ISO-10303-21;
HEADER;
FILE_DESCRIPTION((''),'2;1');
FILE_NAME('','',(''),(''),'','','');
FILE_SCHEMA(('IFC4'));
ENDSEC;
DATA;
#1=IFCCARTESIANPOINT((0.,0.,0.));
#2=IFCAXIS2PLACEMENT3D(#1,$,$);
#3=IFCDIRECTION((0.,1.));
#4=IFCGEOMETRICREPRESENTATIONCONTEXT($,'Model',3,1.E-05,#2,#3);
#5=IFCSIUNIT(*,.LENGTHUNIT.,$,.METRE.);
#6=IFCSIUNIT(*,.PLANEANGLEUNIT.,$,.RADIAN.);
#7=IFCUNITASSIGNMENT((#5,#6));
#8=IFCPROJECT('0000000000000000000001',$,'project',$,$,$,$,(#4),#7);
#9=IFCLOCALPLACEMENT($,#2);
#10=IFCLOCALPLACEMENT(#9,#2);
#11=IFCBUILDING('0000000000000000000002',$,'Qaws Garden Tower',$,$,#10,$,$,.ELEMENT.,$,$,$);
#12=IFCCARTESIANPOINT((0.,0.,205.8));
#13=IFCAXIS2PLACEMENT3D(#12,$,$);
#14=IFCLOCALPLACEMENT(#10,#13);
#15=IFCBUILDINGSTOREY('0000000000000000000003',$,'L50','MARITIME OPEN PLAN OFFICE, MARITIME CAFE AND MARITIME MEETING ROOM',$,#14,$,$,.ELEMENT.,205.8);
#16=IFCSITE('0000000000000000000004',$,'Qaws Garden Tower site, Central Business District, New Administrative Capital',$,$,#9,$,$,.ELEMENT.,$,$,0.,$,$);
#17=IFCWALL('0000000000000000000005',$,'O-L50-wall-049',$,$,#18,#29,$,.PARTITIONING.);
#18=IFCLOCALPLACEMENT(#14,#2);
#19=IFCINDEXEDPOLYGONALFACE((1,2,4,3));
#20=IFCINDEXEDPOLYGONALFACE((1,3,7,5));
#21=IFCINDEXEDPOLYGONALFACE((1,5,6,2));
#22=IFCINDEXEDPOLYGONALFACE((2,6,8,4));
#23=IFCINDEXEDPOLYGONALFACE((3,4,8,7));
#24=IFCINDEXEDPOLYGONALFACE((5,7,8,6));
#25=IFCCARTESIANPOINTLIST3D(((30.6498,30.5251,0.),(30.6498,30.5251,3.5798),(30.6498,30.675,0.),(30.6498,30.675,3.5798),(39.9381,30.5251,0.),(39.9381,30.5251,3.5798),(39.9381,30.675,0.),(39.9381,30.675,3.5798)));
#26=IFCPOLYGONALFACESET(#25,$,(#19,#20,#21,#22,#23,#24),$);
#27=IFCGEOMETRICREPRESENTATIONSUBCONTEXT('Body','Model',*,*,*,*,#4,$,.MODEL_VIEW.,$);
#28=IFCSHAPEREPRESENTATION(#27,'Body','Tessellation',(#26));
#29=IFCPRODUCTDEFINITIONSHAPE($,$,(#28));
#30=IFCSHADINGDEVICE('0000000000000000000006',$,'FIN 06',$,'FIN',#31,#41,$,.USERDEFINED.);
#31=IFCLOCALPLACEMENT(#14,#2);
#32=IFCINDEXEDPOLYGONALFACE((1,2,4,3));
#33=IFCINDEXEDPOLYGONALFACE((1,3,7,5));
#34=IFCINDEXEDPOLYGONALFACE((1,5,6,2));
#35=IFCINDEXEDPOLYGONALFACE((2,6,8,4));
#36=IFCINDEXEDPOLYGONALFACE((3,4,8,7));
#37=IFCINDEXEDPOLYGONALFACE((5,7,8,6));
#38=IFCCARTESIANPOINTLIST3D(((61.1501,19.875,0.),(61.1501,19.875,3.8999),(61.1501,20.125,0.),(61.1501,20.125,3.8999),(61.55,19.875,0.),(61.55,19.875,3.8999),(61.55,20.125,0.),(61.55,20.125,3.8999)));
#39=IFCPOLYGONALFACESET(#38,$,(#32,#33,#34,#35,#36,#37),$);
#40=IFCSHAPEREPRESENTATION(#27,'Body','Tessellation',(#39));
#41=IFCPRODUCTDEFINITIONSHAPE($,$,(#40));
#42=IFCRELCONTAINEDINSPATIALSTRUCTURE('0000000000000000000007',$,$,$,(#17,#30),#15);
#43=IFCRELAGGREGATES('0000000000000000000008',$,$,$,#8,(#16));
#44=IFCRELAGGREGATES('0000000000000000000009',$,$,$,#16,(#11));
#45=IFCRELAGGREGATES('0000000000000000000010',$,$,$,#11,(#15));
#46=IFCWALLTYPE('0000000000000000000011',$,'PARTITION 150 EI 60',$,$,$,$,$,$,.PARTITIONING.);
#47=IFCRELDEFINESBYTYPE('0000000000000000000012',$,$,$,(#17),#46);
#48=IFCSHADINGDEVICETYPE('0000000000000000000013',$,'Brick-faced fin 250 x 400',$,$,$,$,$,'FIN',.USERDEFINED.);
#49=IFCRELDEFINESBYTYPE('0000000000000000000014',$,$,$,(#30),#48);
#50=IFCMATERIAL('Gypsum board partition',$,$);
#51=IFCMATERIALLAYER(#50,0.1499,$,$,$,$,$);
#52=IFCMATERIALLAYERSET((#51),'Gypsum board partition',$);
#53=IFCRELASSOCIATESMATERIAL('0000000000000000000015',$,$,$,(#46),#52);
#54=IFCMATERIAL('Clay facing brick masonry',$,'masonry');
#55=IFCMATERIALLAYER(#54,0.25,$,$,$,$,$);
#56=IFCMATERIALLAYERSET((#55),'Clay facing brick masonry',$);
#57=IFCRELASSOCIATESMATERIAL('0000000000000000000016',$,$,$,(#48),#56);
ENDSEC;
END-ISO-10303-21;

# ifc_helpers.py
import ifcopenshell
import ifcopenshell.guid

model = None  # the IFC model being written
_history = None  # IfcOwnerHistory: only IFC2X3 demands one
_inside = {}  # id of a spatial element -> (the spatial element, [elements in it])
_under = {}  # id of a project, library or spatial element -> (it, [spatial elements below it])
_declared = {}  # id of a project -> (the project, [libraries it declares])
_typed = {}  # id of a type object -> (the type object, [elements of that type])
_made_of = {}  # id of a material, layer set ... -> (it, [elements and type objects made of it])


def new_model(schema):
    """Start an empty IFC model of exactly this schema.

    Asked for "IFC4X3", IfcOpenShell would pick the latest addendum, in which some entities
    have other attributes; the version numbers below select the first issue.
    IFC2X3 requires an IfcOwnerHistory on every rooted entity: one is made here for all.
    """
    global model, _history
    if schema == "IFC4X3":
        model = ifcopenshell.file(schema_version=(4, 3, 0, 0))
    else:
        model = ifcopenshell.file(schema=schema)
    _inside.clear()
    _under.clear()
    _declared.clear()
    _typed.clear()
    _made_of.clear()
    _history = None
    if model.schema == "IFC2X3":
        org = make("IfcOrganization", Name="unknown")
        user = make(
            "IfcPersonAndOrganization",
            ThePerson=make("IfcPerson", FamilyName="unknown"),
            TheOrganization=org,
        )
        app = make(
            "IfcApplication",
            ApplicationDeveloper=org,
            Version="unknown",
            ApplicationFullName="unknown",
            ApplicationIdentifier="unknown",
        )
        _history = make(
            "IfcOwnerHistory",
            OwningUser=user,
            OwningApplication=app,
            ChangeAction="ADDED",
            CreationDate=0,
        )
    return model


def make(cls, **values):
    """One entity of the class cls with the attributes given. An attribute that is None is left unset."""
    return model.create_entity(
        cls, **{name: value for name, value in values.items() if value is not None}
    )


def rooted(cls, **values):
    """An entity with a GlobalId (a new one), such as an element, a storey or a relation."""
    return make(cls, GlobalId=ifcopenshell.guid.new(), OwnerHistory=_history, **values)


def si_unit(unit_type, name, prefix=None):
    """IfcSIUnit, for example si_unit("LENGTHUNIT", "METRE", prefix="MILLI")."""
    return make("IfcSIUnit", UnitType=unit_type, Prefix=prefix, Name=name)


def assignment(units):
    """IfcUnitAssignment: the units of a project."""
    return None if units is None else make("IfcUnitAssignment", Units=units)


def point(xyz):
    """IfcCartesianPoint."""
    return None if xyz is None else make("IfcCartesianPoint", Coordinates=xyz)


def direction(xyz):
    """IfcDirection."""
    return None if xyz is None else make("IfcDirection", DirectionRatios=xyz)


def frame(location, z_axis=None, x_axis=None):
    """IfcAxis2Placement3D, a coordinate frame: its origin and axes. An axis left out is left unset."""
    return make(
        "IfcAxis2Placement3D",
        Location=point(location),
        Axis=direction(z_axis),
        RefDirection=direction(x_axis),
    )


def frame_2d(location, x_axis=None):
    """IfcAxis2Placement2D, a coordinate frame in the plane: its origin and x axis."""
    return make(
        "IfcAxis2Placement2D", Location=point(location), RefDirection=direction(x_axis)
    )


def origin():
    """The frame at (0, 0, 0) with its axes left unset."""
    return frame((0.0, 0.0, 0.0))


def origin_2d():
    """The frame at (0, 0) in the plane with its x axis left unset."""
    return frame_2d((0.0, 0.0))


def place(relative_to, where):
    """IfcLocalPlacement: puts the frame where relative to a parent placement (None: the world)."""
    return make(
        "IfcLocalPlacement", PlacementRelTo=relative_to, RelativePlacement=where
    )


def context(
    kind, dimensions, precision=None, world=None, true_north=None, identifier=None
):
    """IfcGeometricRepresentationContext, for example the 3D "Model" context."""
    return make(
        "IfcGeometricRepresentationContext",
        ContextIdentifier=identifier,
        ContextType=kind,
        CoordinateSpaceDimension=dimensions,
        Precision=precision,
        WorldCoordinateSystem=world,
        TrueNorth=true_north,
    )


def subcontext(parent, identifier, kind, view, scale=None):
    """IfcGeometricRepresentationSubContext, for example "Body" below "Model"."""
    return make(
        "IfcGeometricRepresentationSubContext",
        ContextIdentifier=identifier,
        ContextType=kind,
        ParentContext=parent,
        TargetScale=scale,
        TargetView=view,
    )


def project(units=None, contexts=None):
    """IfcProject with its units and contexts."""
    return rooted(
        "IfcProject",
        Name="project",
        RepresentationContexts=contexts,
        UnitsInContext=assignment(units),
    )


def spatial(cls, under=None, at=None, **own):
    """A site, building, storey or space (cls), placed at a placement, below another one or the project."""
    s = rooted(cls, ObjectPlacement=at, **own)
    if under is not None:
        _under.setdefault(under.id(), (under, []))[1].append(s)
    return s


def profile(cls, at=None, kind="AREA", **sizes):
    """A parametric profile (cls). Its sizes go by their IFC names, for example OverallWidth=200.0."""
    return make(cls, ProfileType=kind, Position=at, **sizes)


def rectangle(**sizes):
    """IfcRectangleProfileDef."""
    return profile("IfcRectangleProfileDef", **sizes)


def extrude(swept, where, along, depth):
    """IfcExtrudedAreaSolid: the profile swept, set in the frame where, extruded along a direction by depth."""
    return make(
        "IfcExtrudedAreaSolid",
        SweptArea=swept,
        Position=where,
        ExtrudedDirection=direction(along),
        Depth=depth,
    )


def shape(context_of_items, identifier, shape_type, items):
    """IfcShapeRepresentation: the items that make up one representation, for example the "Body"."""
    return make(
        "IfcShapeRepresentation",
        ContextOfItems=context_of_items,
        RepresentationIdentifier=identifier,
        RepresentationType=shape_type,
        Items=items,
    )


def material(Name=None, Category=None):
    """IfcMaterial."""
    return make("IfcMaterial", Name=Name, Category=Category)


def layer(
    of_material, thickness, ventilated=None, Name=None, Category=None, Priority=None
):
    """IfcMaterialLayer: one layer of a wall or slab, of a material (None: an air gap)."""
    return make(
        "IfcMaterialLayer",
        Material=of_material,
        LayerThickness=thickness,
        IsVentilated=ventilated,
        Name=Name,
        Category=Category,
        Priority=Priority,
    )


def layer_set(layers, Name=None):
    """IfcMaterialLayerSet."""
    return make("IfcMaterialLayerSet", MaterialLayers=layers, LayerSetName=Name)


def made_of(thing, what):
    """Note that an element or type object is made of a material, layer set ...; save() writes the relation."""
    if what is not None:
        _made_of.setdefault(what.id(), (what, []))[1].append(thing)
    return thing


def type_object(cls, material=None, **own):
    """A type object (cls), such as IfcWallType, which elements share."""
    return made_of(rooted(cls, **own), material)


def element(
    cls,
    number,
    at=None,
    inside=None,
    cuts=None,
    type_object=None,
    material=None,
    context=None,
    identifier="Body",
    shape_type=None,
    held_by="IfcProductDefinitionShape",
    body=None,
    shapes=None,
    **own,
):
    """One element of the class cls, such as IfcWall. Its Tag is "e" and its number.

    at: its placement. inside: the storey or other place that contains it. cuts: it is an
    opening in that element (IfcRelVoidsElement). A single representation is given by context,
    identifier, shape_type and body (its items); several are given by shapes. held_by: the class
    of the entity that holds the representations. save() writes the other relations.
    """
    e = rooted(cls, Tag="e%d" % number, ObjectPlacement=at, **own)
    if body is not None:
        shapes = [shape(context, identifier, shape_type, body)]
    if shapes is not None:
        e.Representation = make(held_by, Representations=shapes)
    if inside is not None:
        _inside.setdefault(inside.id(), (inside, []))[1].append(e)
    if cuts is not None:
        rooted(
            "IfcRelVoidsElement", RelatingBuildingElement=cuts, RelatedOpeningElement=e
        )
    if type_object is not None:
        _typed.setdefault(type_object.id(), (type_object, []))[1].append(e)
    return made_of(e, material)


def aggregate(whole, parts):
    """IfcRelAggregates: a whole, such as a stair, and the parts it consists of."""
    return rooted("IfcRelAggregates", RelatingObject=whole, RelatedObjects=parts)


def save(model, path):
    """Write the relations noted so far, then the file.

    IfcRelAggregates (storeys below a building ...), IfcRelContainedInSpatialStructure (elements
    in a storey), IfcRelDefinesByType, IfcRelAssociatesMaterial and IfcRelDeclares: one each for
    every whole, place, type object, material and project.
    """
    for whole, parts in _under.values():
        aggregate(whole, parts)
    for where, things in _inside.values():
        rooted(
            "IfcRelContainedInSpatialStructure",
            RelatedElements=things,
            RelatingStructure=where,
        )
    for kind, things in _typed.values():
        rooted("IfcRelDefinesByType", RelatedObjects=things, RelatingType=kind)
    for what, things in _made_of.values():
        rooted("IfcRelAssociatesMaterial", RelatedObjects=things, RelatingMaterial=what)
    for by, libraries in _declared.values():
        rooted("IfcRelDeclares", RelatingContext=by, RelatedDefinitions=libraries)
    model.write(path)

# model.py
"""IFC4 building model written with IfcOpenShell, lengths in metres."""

from ifc_helpers import new_model, si_unit, direction, frame, frame_2d, origin, origin_2d, place, context, subcontext, project, spatial, rectangle, extrude, material, layer, layer_set, type_object, element, save


model = new_model("IFC4")

# Units and contexts
model_context = context("Model", 3, precision=1e-05, world=origin(), true_north=direction((0.0, 1.0)))
body_context = subcontext(model_context, "Body", "Model", "MODEL_VIEW")
ifc_project = project(units=[si_unit("LENGTHUNIT", "METRE"), si_unit("PLANEANGLEUNIT", "RADIAN")], contexts=[model_context])

# Site, building, storey
site_placement = place(None, origin())
site = spatial("IfcSite", under=ifc_project, at=site_placement, Name="Qaws Garden Tower site, Central Business District, New Administrative Capital", CompositionType="ELEMENT", RefElevation=0.0)
building_placement = place(site_placement, origin())
building = spatial("IfcBuilding", under=site, at=building_placement, Name="Qaws Garden Tower", CompositionType="ELEMENT")
storey_placement = place(building_placement, frame((0.0, 0.0, 205.8)))
storey = spatial("IfcBuildingStorey", under=building, at=storey_placement, Name="L50", Description="MARITIME OPEN PLAN OFFICE, MARITIME CAFE AND MARITIME MEETING ROOM", CompositionType="ELEMENT", Elevation=205.8)

# Shared definitions
ifc_material_1 = material(Name="Gypsum board partition")
ifc_layer_1 = layer(ifc_material_1, 0.1499)
ifc_layer_set_1 = layer_set([ifc_layer_1], Name="Gypsum board partition")
wall_type_1 = type_object("IfcWallType", Name="PARTITION 150 EI 60", PredefinedType="PARTITIONING", material=ifc_layer_set_1)

# Wall
wall_1_placement = place(storey_placement, frame((30.6499, 30.6001, 0.0), z_axis=(0.0, 0.0, 1.0), x_axis=(1.0, 0.0, 0.0)))
element("IfcWall", 1, at=wall_1_placement, inside=storey, type_object=wall_type_1, Name="O-L50-wall-049", PredefinedType="PARTITIONING", context=body_context, shape_type="SweptSolid", body=[
    extrude(rectangle(XDim=9.2883, YDim=0.1499, at=frame_2d((4.644, 0.0))), origin(), (0.0, 0.0, 1.0), 3.5798),
])

# Shading device
ifc_material_2 = material(Name="Clay facing brick masonry", Category="masonry")
ifc_layer_2 = layer(ifc_material_2, 0.25)
ifc_layer_set_2 = layer_set([ifc_layer_2], Name="Clay facing brick masonry")
shading_device_type = type_object("IfcShadingDeviceType", Name="Brick-faced fin 250 x 400", ElementType="FIN", PredefinedType="USERDEFINED", material=ifc_layer_set_2)
shading_device_placement = place(storey_placement, frame((61.3501, 20.0, 0.0), z_axis=(0.0, 0.0, 1.0), x_axis=(0.0, 1.0, 0.0)))
element("IfcShadingDevice", 2, at=shading_device_placement, inside=storey, type_object=shading_device_type, Name="FIN 06", ObjectType="FIN", PredefinedType="USERDEFINED", context=body_context, shape_type="SweptSolid", body=[
    extrude(rectangle(XDim=0.25, YDim=0.3999, at=origin_2d()), origin(), (0.0, 0.0, 1.0), 3.8999),
])

save(model, "model.ifc")
